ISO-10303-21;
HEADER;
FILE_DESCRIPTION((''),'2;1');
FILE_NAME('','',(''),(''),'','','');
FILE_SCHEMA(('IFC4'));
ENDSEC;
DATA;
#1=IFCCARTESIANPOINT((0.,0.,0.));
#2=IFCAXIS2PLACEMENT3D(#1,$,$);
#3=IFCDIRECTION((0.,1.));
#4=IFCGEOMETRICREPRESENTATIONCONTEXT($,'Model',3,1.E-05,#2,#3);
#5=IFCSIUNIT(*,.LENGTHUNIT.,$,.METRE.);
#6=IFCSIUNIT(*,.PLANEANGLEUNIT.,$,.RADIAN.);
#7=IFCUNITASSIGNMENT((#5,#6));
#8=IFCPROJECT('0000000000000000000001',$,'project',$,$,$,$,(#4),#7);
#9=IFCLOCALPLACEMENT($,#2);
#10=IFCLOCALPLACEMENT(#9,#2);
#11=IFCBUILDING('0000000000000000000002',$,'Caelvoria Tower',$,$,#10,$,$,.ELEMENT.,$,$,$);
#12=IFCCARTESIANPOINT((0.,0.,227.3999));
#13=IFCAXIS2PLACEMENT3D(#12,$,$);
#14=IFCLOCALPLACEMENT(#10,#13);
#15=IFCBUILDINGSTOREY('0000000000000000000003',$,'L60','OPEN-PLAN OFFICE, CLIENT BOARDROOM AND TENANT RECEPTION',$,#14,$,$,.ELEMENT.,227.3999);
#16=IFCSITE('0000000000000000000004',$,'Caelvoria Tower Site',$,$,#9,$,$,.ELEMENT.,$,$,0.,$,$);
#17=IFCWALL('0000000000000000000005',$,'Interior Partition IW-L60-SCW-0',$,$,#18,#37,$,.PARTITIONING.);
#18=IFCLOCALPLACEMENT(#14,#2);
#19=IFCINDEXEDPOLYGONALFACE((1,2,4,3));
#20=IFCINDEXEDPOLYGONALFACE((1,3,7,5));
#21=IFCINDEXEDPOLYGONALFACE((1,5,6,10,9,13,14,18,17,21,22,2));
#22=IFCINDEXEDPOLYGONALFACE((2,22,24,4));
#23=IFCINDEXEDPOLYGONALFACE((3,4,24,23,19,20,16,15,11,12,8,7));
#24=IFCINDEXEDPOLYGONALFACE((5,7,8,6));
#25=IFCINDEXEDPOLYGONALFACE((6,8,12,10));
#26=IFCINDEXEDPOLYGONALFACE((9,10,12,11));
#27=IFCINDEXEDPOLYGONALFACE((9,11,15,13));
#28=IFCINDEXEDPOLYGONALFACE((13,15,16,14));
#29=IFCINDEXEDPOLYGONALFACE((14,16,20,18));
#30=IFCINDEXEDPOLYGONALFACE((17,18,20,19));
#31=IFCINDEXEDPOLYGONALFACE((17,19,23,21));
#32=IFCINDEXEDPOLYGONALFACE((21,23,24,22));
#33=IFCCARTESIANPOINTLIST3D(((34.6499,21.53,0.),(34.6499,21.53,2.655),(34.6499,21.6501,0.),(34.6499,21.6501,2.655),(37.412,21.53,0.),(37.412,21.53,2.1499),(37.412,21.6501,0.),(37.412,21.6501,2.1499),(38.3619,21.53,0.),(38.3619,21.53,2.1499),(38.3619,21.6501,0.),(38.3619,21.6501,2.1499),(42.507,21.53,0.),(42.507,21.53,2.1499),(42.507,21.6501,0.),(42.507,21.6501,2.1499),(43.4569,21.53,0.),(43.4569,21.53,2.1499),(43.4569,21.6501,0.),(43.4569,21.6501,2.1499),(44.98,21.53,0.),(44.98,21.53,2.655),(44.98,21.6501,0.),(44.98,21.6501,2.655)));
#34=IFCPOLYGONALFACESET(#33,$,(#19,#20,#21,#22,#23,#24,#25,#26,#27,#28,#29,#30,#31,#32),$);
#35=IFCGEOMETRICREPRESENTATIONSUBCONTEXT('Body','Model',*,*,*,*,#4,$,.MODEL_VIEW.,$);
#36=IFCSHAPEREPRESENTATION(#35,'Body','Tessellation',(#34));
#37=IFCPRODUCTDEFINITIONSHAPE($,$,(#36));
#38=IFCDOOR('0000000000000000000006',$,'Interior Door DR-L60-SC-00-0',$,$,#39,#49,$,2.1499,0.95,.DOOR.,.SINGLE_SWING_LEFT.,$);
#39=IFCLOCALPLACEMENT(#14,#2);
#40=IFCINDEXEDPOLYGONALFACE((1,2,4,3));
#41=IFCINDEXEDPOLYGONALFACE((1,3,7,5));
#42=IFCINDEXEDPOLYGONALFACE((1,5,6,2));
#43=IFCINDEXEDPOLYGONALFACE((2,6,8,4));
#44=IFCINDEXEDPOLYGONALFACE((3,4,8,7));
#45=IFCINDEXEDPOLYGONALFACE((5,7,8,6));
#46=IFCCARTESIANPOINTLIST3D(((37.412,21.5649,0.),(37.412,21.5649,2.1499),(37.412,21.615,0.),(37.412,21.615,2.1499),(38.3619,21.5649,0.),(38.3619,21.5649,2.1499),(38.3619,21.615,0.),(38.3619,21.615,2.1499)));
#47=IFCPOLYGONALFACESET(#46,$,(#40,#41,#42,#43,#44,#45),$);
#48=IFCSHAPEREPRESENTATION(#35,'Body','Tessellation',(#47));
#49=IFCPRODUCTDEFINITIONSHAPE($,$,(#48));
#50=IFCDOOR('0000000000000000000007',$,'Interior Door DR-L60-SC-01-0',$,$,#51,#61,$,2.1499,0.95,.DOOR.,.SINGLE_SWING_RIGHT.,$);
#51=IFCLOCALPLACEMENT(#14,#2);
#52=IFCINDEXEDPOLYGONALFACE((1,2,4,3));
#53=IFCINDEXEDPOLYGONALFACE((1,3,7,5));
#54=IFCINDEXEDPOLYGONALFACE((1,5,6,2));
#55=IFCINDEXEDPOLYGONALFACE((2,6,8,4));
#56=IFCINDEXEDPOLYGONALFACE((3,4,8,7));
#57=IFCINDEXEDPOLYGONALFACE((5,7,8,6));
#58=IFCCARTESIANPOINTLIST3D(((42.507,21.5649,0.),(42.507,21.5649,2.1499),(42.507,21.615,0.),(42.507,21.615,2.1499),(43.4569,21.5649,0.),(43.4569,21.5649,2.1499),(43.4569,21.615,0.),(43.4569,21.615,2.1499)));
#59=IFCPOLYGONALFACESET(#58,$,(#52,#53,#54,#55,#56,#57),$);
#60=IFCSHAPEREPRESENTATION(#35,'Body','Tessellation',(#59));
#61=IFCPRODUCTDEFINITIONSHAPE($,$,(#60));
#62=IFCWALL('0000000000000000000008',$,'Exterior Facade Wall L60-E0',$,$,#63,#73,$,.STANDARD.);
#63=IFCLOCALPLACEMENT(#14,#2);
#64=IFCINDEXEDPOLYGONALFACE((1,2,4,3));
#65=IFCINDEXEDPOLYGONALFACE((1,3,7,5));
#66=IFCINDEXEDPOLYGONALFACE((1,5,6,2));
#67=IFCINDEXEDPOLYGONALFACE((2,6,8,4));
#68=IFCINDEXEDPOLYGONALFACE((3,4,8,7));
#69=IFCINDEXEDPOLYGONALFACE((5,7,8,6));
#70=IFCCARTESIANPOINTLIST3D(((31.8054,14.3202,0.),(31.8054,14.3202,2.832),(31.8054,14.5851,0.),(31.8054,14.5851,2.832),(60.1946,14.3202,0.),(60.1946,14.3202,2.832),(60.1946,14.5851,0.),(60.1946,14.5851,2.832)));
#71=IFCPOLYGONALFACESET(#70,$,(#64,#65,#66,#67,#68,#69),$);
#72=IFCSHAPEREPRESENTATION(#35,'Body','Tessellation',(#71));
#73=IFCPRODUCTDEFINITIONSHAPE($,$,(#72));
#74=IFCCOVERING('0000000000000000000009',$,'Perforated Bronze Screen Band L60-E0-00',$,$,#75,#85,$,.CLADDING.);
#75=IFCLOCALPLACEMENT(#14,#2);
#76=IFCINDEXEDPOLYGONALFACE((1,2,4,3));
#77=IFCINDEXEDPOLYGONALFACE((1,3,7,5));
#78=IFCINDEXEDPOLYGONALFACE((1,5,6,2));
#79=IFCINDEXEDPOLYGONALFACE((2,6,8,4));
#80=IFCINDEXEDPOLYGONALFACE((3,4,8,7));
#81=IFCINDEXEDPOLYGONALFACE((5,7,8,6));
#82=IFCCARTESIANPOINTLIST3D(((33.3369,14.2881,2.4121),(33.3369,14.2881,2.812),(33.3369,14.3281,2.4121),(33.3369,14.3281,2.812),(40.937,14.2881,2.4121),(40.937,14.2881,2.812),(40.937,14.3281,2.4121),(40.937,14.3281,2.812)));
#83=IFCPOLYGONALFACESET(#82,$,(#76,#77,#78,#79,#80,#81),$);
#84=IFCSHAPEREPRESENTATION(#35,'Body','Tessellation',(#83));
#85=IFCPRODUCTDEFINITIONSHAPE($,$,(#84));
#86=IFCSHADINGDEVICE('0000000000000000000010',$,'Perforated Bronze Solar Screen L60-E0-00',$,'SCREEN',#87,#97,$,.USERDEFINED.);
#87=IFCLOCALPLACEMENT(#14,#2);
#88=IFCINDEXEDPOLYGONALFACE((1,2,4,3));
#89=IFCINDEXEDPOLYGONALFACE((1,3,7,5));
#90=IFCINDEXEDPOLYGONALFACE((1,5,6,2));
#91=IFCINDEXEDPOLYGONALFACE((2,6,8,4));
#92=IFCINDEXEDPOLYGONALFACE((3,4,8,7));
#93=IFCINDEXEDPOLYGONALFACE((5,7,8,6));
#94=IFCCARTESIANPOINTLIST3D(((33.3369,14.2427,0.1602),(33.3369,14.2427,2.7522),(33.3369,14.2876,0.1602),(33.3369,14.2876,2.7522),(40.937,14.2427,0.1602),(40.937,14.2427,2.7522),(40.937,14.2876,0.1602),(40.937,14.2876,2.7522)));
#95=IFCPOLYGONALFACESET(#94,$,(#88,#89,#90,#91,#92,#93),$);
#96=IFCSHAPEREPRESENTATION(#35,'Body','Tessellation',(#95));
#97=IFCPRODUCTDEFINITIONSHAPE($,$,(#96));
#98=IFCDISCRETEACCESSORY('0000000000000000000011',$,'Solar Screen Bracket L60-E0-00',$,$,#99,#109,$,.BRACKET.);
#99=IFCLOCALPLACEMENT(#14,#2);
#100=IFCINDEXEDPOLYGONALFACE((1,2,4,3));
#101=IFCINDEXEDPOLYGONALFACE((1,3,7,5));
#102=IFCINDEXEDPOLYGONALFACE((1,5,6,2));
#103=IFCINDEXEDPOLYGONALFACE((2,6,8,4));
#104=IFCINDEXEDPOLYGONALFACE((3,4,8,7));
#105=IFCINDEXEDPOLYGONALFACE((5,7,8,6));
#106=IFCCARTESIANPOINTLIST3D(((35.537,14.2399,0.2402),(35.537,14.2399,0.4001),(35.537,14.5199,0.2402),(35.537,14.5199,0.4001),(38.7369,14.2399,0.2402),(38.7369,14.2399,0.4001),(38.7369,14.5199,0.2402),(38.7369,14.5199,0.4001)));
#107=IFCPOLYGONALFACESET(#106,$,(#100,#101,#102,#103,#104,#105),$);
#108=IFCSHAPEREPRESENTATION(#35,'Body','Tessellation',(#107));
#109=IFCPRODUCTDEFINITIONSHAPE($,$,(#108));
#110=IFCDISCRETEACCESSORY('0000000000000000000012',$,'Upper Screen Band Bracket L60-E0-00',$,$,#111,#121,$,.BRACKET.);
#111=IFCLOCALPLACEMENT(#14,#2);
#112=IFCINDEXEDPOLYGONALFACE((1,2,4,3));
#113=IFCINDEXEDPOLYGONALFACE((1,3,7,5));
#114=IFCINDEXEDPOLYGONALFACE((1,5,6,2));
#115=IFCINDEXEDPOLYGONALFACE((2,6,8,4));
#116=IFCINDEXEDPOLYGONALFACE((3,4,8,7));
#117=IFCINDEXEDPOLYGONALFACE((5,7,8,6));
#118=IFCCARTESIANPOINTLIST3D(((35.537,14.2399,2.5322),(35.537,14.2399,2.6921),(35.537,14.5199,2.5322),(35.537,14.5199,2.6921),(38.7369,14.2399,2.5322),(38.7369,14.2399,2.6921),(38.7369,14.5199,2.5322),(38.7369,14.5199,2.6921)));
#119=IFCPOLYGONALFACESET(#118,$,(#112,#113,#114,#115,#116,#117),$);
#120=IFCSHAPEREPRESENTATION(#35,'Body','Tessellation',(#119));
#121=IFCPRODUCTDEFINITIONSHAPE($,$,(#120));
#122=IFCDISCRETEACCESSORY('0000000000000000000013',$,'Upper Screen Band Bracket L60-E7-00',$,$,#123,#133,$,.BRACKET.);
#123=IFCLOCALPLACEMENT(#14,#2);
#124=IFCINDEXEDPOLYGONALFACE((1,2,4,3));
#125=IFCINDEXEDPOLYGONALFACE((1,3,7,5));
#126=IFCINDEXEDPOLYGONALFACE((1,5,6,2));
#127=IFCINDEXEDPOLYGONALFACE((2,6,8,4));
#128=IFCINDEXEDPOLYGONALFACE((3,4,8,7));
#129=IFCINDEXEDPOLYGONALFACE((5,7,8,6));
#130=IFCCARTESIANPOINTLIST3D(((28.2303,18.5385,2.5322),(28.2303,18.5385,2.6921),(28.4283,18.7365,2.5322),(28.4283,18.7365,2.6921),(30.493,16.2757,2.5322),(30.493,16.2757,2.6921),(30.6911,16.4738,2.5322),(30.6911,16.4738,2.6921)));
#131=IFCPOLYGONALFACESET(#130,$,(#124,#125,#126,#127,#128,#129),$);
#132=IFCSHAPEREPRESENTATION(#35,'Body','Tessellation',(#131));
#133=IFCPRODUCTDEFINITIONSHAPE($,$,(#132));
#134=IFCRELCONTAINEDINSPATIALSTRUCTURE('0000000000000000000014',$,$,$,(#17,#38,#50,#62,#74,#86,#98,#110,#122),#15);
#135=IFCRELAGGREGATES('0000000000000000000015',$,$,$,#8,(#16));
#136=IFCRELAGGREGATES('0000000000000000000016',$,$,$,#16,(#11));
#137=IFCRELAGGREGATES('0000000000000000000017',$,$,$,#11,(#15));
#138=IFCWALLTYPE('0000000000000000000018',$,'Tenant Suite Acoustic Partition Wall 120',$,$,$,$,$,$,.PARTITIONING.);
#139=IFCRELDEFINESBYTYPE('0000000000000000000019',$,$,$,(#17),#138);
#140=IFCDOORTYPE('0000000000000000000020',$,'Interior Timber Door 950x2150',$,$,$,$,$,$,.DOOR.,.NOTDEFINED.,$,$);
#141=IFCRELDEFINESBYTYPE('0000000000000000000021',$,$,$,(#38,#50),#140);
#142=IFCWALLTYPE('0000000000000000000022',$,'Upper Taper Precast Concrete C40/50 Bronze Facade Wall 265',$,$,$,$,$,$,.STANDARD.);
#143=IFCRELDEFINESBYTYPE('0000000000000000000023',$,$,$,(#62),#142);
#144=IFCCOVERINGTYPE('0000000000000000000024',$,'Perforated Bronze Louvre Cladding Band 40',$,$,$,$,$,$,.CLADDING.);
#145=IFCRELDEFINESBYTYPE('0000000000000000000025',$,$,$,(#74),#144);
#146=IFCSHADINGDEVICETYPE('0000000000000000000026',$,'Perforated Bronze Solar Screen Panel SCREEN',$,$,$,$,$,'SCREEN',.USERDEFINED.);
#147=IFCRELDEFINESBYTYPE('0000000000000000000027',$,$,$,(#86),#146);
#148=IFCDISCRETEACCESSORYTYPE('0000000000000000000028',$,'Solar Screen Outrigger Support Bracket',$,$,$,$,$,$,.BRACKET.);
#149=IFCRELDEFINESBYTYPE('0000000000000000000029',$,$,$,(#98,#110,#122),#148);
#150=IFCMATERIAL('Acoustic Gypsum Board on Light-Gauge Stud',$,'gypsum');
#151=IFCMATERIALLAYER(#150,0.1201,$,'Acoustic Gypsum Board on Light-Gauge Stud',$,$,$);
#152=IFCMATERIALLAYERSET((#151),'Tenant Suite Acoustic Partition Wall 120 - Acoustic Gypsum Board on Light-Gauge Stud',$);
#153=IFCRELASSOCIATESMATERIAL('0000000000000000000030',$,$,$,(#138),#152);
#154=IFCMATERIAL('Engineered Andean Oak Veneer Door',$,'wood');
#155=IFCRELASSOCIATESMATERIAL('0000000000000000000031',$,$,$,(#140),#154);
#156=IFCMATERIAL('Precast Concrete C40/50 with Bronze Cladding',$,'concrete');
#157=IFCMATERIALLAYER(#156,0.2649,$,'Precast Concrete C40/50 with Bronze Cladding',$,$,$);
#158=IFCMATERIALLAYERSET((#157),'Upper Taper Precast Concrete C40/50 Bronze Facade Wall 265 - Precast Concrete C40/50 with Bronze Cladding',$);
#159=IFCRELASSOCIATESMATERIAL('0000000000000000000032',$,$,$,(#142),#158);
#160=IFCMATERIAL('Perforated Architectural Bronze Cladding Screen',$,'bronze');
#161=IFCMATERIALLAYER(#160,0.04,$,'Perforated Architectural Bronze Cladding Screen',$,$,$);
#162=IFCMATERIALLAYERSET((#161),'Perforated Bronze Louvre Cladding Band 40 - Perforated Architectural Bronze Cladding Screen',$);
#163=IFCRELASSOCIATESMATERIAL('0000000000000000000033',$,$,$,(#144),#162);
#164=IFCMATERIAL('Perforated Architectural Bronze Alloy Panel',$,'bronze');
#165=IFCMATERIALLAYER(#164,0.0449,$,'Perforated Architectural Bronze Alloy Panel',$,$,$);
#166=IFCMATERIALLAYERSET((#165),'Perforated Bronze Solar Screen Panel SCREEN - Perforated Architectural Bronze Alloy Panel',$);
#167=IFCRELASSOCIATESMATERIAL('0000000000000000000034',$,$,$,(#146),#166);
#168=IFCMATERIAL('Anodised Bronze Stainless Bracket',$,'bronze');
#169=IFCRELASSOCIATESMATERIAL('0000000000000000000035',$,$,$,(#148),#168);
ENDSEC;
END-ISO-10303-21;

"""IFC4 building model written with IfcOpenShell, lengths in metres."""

from ifc_helpers import new_model, si_unit, direction, frame, frame_2d, origin, origin_2d, place, context, subcontext, project, spatial, rectangle, extrude, material, layer, layer_set, type_object, element, fill, save


model = new_model("IFC4")

# Units and contexts
model_context = context("Model", 3, precision=1e-05, world=origin(), true_north=direction((0.0, 1.0)))
body_context = subcontext(model_context, "Body", "Model", "MODEL_VIEW")
ifc_project = project(units=[si_unit("LENGTHUNIT", "METRE"), si_unit("PLANEANGLEUNIT", "RADIAN")], contexts=[model_context])

# Site, building, storey
site_placement = place(None, origin())
site = spatial("IfcSite", under=ifc_project, at=site_placement, Name="Caelvoria Tower Site", CompositionType="ELEMENT", RefElevation=0.0)
building_placement = place(site_placement, origin())
building = spatial("IfcBuilding", under=site, at=building_placement, Name="Caelvoria Tower", CompositionType="ELEMENT")
storey_placement = place(building_placement, frame((0.0, 0.0, 227.3999)))
storey = spatial("IfcBuildingStorey", under=building, at=storey_placement, Name="L60", Description="OPEN-PLAN OFFICE, CLIENT BOARDROOM AND TENANT RECEPTION", CompositionType="ELEMENT", Elevation=227.3999)

# Wall, openings, doors
ifc_material_1 = material(Name="Acoustic Gypsum Board on Light-Gauge Stud", Category="gypsum")
ifc_layer_1 = layer(ifc_material_1, 0.1201, Name="Acoustic Gypsum Board on Light-Gauge Stud")
ifc_layer_set_1 = layer_set([ifc_layer_1], Name="Tenant Suite Acoustic Partition Wall 120 - Acoustic Gypsum Board on Light-Gauge Stud")
wall_type_1 = type_object("IfcWallType", Name="Tenant Suite Acoustic Partition Wall 120", PredefinedType="PARTITIONING", material=ifc_layer_set_1)
wall_1_placement = place(storey_placement, frame((34.6499, 21.5901, 0.0), z_axis=(0.0, 0.0, 1.0), x_axis=(1.0, 0.0, 0.0)))
wall_1 = element("IfcWall", 1, at=wall_1_placement, inside=storey, type_object=wall_type_1, Name="Interior Partition IW-L60-SCW-0", PredefinedType="PARTITIONING", context=body_context, shape_type="SweptSolid", body=[
    extrude(rectangle(XDim=10.3301, YDim=0.1201, at=frame_2d((5.165, 0.0))), origin(), (0.0, 0.0, 1.0), 2.655),
])
opening_1_placement = place(wall_1_placement, frame((2.762, 0.0, 0.0)))
opening_1 = element("IfcOpeningElement", 2, at=opening_1_placement, cuts=wall_1, PredefinedType="OPENING", context=body_context, shape_type="SweptSolid", body=[
    extrude(rectangle(XDim=0.95, YDim=2.1499, at=frame_2d((0.4751, 1.075))), frame((0.0, 0.0701, 0.0), z_axis=(0.0, -1.0, 0.0), x_axis=(1.0, 0.0, 0.0)), (0.0, 0.0, 1.0), 0.1401),
])
opening_2_placement = place(wall_1_placement, frame((7.8569, 0.0, 0.0)))
opening_2 = element("IfcOpeningElement", 3, at=opening_2_placement, cuts=wall_1, PredefinedType="OPENING", context=body_context, shape_type="SweptSolid", body=[
    extrude(rectangle(XDim=0.95, YDim=2.1499, at=frame_2d((0.4751, 1.075))), frame((0.0, 0.0701, 0.0), z_axis=(0.0, -1.0, 0.0), x_axis=(1.0, 0.0, 0.0)), (0.0, 0.0, 1.0), 0.1401),
])
ifc_material_2 = material(Name="Engineered Andean Oak Veneer Door", Category="wood")
door_type = type_object("IfcDoorType", Name="Interior Timber Door 950x2150", OperationType="NOTDEFINED", PredefinedType="DOOR", material=ifc_material_2)
door_1_placement = place(opening_1_placement, origin())
door_1 = element("IfcDoor", 4, at=door_1_placement, inside=storey, type_object=door_type, Name="Interior Door DR-L60-SC-00-0", OperationType="SINGLE_SWING_LEFT", OverallHeight=2.1499, OverallWidth=0.95, PredefinedType="DOOR", context=body_context, shape_type="SweptSolid", body=[
    extrude(rectangle(XDim=0.95, YDim=2.1499, at=frame_2d((0.4751, 1.075))), frame((0.0, 0.0249, 0.0), z_axis=(0.0, -1.0, 0.0), x_axis=(1.0, 0.0, 0.0)), (0.0, 0.0, 1.0), 0.05),
])
fill(opening_1, door_1)
door_2_placement = place(opening_2_placement, origin())
door_2 = element("IfcDoor", 5, at=door_2_placement, inside=storey, type_object=door_type, Name="Interior Door DR-L60-SC-01-0", OperationType="SINGLE_SWING_RIGHT", OverallHeight=2.1499, OverallWidth=0.95, PredefinedType="DOOR", context=body_context, shape_type="SweptSolid", body=[
    extrude(rectangle(XDim=0.95, YDim=2.1499, at=frame_2d((0.4751, 1.075))), frame((0.0, 0.0249, 0.0), z_axis=(0.0, -1.0, 0.0), x_axis=(1.0, 0.0, 0.0)), (0.0, 0.0, 1.0), 0.05),
])
fill(opening_2, door_2)

# Wall
ifc_material_3 = material(Name="Precast Concrete C40/50 with Bronze Cladding", Category="concrete")
ifc_layer_2 = layer(ifc_material_3, 0.2649, Name="Precast Concrete C40/50 with Bronze Cladding")
ifc_layer_set_2 = layer_set([ifc_layer_2], Name="Upper Taper Precast Concrete C40/50 Bronze Facade Wall 265 - Precast Concrete C40/50 with Bronze Cladding")
wall_type_2 = type_object("IfcWallType", Name="Upper Taper Precast Concrete C40/50 Bronze Facade Wall 265", PredefinedType="STANDARD", material=ifc_layer_set_2)
wall_2_placement = place(storey_placement, frame((31.8054, 14.4526, 0.0), z_axis=(0.0, 0.0, 1.0), x_axis=(1.0, 0.0, 0.0)))
element("IfcWall", 6, at=wall_2_placement, inside=storey, type_object=wall_type_2, Name="Exterior Facade Wall L60-E0", PredefinedType="STANDARD", context=body_context, shape_type="SweptSolid", body=[
    extrude(rectangle(XDim=28.3892, YDim=0.2649, at=frame_2d((14.1946, 0.0))), origin(), (0.0, 0.0, 1.0), 2.832),
])

# Covering
ifc_material_4 = material(Name="Perforated Architectural Bronze Cladding Screen", Category="bronze")
ifc_layer_3 = layer(ifc_material_4, 0.04, Name="Perforated Architectural Bronze Cladding Screen")
ifc_layer_set_3 = layer_set([ifc_layer_3], Name="Perforated Bronze Louvre Cladding Band 40 - Perforated Architectural Bronze Cladding Screen")
covering_type = type_object("IfcCoveringType", Name="Perforated Bronze Louvre Cladding Band 40", PredefinedType="CLADDING", material=ifc_layer_set_3)
covering_placement = place(storey_placement, frame((37.137, 14.3081, 2.4121), z_axis=(0.0, 0.0, 1.0), x_axis=(1.0, 0.0, 0.0)))
element("IfcCovering", 7, at=covering_placement, inside=storey, type_object=covering_type, Name="Perforated Bronze Screen Band L60-E0-00", PredefinedType="CLADDING", context=body_context, shape_type="SweptSolid", body=[
    extrude(rectangle(XDim=7.6001, YDim=0.04, at=origin_2d()), origin(), (0.0, 0.0, 1.0), 0.3999),
])

# Shading device
ifc_material_5 = material(Name="Perforated Architectural Bronze Alloy Panel", Category="bronze")
ifc_layer_4 = layer(ifc_material_5, 0.0449, Name="Perforated Architectural Bronze Alloy Panel")
ifc_layer_set_4 = layer_set([ifc_layer_4], Name="Perforated Bronze Solar Screen Panel SCREEN - Perforated Architectural Bronze Alloy Panel")
shading_device_type = type_object("IfcShadingDeviceType", Name="Perforated Bronze Solar Screen Panel SCREEN", ElementType="SCREEN", PredefinedType="USERDEFINED", material=ifc_layer_set_4)
shading_device_placement = place(storey_placement, frame((37.137, 14.2651, 0.1602), z_axis=(0.0, 0.0, 1.0), x_axis=(1.0, 0.0, 0.0)))
element("IfcShadingDevice", 8, at=shading_device_placement, inside=storey, type_object=shading_device_type, Name="Perforated Bronze Solar Screen L60-E0-00", ObjectType="SCREEN", PredefinedType="USERDEFINED", context=body_context, shape_type="SweptSolid", body=[
    extrude(rectangle(XDim=7.6001, YDim=0.0449, at=origin_2d()), origin(), (0.0, 0.0, 1.0), 2.592),
])

# Discrete accessories
ifc_material_6 = material(Name="Anodised Bronze Stainless Bracket", Category="bronze")
discrete_accessory_type = type_object("IfcDiscreteAccessoryType", Name="Solar Screen Outrigger Support Bracket", PredefinedType="BRACKET", material=ifc_material_6)
for number, where, z_axis, x_axis, name in (
    (9, (37.137, 14.3799, 0.2402), (0.0, 0.0, 1.0), (1.0, 0.0, 0.0), "Solar Screen Bracket L60-E0-00"),
    (10, (37.137, 14.3799, 2.5322), (0.0, 0.0, 1.0), (1.0, 0.0, 0.0), "Upper Screen Band Bracket L60-E0-00"),
    (11, (29.4607, 17.5061, 2.5322), (0.0, 0.0, 1.0), (0.707107, -0.707107, 0.0), "Upper Screen Band Bracket L60-E7-00"),
):
    element("IfcDiscreteAccessory", number, at=place(storey_placement, frame(where, z_axis=z_axis, x_axis=x_axis)), inside=storey, type_object=discrete_accessory_type, Name=name, PredefinedType="BRACKET", context=body_context, shape_type="SweptSolid", body=[
        extrude(rectangle(XDim=3.2, YDim=0.28, at=origin_2d()), origin(), (0.0, 0.0, 1.0), 0.1599),
    ])

save(model, "model.ifc")
